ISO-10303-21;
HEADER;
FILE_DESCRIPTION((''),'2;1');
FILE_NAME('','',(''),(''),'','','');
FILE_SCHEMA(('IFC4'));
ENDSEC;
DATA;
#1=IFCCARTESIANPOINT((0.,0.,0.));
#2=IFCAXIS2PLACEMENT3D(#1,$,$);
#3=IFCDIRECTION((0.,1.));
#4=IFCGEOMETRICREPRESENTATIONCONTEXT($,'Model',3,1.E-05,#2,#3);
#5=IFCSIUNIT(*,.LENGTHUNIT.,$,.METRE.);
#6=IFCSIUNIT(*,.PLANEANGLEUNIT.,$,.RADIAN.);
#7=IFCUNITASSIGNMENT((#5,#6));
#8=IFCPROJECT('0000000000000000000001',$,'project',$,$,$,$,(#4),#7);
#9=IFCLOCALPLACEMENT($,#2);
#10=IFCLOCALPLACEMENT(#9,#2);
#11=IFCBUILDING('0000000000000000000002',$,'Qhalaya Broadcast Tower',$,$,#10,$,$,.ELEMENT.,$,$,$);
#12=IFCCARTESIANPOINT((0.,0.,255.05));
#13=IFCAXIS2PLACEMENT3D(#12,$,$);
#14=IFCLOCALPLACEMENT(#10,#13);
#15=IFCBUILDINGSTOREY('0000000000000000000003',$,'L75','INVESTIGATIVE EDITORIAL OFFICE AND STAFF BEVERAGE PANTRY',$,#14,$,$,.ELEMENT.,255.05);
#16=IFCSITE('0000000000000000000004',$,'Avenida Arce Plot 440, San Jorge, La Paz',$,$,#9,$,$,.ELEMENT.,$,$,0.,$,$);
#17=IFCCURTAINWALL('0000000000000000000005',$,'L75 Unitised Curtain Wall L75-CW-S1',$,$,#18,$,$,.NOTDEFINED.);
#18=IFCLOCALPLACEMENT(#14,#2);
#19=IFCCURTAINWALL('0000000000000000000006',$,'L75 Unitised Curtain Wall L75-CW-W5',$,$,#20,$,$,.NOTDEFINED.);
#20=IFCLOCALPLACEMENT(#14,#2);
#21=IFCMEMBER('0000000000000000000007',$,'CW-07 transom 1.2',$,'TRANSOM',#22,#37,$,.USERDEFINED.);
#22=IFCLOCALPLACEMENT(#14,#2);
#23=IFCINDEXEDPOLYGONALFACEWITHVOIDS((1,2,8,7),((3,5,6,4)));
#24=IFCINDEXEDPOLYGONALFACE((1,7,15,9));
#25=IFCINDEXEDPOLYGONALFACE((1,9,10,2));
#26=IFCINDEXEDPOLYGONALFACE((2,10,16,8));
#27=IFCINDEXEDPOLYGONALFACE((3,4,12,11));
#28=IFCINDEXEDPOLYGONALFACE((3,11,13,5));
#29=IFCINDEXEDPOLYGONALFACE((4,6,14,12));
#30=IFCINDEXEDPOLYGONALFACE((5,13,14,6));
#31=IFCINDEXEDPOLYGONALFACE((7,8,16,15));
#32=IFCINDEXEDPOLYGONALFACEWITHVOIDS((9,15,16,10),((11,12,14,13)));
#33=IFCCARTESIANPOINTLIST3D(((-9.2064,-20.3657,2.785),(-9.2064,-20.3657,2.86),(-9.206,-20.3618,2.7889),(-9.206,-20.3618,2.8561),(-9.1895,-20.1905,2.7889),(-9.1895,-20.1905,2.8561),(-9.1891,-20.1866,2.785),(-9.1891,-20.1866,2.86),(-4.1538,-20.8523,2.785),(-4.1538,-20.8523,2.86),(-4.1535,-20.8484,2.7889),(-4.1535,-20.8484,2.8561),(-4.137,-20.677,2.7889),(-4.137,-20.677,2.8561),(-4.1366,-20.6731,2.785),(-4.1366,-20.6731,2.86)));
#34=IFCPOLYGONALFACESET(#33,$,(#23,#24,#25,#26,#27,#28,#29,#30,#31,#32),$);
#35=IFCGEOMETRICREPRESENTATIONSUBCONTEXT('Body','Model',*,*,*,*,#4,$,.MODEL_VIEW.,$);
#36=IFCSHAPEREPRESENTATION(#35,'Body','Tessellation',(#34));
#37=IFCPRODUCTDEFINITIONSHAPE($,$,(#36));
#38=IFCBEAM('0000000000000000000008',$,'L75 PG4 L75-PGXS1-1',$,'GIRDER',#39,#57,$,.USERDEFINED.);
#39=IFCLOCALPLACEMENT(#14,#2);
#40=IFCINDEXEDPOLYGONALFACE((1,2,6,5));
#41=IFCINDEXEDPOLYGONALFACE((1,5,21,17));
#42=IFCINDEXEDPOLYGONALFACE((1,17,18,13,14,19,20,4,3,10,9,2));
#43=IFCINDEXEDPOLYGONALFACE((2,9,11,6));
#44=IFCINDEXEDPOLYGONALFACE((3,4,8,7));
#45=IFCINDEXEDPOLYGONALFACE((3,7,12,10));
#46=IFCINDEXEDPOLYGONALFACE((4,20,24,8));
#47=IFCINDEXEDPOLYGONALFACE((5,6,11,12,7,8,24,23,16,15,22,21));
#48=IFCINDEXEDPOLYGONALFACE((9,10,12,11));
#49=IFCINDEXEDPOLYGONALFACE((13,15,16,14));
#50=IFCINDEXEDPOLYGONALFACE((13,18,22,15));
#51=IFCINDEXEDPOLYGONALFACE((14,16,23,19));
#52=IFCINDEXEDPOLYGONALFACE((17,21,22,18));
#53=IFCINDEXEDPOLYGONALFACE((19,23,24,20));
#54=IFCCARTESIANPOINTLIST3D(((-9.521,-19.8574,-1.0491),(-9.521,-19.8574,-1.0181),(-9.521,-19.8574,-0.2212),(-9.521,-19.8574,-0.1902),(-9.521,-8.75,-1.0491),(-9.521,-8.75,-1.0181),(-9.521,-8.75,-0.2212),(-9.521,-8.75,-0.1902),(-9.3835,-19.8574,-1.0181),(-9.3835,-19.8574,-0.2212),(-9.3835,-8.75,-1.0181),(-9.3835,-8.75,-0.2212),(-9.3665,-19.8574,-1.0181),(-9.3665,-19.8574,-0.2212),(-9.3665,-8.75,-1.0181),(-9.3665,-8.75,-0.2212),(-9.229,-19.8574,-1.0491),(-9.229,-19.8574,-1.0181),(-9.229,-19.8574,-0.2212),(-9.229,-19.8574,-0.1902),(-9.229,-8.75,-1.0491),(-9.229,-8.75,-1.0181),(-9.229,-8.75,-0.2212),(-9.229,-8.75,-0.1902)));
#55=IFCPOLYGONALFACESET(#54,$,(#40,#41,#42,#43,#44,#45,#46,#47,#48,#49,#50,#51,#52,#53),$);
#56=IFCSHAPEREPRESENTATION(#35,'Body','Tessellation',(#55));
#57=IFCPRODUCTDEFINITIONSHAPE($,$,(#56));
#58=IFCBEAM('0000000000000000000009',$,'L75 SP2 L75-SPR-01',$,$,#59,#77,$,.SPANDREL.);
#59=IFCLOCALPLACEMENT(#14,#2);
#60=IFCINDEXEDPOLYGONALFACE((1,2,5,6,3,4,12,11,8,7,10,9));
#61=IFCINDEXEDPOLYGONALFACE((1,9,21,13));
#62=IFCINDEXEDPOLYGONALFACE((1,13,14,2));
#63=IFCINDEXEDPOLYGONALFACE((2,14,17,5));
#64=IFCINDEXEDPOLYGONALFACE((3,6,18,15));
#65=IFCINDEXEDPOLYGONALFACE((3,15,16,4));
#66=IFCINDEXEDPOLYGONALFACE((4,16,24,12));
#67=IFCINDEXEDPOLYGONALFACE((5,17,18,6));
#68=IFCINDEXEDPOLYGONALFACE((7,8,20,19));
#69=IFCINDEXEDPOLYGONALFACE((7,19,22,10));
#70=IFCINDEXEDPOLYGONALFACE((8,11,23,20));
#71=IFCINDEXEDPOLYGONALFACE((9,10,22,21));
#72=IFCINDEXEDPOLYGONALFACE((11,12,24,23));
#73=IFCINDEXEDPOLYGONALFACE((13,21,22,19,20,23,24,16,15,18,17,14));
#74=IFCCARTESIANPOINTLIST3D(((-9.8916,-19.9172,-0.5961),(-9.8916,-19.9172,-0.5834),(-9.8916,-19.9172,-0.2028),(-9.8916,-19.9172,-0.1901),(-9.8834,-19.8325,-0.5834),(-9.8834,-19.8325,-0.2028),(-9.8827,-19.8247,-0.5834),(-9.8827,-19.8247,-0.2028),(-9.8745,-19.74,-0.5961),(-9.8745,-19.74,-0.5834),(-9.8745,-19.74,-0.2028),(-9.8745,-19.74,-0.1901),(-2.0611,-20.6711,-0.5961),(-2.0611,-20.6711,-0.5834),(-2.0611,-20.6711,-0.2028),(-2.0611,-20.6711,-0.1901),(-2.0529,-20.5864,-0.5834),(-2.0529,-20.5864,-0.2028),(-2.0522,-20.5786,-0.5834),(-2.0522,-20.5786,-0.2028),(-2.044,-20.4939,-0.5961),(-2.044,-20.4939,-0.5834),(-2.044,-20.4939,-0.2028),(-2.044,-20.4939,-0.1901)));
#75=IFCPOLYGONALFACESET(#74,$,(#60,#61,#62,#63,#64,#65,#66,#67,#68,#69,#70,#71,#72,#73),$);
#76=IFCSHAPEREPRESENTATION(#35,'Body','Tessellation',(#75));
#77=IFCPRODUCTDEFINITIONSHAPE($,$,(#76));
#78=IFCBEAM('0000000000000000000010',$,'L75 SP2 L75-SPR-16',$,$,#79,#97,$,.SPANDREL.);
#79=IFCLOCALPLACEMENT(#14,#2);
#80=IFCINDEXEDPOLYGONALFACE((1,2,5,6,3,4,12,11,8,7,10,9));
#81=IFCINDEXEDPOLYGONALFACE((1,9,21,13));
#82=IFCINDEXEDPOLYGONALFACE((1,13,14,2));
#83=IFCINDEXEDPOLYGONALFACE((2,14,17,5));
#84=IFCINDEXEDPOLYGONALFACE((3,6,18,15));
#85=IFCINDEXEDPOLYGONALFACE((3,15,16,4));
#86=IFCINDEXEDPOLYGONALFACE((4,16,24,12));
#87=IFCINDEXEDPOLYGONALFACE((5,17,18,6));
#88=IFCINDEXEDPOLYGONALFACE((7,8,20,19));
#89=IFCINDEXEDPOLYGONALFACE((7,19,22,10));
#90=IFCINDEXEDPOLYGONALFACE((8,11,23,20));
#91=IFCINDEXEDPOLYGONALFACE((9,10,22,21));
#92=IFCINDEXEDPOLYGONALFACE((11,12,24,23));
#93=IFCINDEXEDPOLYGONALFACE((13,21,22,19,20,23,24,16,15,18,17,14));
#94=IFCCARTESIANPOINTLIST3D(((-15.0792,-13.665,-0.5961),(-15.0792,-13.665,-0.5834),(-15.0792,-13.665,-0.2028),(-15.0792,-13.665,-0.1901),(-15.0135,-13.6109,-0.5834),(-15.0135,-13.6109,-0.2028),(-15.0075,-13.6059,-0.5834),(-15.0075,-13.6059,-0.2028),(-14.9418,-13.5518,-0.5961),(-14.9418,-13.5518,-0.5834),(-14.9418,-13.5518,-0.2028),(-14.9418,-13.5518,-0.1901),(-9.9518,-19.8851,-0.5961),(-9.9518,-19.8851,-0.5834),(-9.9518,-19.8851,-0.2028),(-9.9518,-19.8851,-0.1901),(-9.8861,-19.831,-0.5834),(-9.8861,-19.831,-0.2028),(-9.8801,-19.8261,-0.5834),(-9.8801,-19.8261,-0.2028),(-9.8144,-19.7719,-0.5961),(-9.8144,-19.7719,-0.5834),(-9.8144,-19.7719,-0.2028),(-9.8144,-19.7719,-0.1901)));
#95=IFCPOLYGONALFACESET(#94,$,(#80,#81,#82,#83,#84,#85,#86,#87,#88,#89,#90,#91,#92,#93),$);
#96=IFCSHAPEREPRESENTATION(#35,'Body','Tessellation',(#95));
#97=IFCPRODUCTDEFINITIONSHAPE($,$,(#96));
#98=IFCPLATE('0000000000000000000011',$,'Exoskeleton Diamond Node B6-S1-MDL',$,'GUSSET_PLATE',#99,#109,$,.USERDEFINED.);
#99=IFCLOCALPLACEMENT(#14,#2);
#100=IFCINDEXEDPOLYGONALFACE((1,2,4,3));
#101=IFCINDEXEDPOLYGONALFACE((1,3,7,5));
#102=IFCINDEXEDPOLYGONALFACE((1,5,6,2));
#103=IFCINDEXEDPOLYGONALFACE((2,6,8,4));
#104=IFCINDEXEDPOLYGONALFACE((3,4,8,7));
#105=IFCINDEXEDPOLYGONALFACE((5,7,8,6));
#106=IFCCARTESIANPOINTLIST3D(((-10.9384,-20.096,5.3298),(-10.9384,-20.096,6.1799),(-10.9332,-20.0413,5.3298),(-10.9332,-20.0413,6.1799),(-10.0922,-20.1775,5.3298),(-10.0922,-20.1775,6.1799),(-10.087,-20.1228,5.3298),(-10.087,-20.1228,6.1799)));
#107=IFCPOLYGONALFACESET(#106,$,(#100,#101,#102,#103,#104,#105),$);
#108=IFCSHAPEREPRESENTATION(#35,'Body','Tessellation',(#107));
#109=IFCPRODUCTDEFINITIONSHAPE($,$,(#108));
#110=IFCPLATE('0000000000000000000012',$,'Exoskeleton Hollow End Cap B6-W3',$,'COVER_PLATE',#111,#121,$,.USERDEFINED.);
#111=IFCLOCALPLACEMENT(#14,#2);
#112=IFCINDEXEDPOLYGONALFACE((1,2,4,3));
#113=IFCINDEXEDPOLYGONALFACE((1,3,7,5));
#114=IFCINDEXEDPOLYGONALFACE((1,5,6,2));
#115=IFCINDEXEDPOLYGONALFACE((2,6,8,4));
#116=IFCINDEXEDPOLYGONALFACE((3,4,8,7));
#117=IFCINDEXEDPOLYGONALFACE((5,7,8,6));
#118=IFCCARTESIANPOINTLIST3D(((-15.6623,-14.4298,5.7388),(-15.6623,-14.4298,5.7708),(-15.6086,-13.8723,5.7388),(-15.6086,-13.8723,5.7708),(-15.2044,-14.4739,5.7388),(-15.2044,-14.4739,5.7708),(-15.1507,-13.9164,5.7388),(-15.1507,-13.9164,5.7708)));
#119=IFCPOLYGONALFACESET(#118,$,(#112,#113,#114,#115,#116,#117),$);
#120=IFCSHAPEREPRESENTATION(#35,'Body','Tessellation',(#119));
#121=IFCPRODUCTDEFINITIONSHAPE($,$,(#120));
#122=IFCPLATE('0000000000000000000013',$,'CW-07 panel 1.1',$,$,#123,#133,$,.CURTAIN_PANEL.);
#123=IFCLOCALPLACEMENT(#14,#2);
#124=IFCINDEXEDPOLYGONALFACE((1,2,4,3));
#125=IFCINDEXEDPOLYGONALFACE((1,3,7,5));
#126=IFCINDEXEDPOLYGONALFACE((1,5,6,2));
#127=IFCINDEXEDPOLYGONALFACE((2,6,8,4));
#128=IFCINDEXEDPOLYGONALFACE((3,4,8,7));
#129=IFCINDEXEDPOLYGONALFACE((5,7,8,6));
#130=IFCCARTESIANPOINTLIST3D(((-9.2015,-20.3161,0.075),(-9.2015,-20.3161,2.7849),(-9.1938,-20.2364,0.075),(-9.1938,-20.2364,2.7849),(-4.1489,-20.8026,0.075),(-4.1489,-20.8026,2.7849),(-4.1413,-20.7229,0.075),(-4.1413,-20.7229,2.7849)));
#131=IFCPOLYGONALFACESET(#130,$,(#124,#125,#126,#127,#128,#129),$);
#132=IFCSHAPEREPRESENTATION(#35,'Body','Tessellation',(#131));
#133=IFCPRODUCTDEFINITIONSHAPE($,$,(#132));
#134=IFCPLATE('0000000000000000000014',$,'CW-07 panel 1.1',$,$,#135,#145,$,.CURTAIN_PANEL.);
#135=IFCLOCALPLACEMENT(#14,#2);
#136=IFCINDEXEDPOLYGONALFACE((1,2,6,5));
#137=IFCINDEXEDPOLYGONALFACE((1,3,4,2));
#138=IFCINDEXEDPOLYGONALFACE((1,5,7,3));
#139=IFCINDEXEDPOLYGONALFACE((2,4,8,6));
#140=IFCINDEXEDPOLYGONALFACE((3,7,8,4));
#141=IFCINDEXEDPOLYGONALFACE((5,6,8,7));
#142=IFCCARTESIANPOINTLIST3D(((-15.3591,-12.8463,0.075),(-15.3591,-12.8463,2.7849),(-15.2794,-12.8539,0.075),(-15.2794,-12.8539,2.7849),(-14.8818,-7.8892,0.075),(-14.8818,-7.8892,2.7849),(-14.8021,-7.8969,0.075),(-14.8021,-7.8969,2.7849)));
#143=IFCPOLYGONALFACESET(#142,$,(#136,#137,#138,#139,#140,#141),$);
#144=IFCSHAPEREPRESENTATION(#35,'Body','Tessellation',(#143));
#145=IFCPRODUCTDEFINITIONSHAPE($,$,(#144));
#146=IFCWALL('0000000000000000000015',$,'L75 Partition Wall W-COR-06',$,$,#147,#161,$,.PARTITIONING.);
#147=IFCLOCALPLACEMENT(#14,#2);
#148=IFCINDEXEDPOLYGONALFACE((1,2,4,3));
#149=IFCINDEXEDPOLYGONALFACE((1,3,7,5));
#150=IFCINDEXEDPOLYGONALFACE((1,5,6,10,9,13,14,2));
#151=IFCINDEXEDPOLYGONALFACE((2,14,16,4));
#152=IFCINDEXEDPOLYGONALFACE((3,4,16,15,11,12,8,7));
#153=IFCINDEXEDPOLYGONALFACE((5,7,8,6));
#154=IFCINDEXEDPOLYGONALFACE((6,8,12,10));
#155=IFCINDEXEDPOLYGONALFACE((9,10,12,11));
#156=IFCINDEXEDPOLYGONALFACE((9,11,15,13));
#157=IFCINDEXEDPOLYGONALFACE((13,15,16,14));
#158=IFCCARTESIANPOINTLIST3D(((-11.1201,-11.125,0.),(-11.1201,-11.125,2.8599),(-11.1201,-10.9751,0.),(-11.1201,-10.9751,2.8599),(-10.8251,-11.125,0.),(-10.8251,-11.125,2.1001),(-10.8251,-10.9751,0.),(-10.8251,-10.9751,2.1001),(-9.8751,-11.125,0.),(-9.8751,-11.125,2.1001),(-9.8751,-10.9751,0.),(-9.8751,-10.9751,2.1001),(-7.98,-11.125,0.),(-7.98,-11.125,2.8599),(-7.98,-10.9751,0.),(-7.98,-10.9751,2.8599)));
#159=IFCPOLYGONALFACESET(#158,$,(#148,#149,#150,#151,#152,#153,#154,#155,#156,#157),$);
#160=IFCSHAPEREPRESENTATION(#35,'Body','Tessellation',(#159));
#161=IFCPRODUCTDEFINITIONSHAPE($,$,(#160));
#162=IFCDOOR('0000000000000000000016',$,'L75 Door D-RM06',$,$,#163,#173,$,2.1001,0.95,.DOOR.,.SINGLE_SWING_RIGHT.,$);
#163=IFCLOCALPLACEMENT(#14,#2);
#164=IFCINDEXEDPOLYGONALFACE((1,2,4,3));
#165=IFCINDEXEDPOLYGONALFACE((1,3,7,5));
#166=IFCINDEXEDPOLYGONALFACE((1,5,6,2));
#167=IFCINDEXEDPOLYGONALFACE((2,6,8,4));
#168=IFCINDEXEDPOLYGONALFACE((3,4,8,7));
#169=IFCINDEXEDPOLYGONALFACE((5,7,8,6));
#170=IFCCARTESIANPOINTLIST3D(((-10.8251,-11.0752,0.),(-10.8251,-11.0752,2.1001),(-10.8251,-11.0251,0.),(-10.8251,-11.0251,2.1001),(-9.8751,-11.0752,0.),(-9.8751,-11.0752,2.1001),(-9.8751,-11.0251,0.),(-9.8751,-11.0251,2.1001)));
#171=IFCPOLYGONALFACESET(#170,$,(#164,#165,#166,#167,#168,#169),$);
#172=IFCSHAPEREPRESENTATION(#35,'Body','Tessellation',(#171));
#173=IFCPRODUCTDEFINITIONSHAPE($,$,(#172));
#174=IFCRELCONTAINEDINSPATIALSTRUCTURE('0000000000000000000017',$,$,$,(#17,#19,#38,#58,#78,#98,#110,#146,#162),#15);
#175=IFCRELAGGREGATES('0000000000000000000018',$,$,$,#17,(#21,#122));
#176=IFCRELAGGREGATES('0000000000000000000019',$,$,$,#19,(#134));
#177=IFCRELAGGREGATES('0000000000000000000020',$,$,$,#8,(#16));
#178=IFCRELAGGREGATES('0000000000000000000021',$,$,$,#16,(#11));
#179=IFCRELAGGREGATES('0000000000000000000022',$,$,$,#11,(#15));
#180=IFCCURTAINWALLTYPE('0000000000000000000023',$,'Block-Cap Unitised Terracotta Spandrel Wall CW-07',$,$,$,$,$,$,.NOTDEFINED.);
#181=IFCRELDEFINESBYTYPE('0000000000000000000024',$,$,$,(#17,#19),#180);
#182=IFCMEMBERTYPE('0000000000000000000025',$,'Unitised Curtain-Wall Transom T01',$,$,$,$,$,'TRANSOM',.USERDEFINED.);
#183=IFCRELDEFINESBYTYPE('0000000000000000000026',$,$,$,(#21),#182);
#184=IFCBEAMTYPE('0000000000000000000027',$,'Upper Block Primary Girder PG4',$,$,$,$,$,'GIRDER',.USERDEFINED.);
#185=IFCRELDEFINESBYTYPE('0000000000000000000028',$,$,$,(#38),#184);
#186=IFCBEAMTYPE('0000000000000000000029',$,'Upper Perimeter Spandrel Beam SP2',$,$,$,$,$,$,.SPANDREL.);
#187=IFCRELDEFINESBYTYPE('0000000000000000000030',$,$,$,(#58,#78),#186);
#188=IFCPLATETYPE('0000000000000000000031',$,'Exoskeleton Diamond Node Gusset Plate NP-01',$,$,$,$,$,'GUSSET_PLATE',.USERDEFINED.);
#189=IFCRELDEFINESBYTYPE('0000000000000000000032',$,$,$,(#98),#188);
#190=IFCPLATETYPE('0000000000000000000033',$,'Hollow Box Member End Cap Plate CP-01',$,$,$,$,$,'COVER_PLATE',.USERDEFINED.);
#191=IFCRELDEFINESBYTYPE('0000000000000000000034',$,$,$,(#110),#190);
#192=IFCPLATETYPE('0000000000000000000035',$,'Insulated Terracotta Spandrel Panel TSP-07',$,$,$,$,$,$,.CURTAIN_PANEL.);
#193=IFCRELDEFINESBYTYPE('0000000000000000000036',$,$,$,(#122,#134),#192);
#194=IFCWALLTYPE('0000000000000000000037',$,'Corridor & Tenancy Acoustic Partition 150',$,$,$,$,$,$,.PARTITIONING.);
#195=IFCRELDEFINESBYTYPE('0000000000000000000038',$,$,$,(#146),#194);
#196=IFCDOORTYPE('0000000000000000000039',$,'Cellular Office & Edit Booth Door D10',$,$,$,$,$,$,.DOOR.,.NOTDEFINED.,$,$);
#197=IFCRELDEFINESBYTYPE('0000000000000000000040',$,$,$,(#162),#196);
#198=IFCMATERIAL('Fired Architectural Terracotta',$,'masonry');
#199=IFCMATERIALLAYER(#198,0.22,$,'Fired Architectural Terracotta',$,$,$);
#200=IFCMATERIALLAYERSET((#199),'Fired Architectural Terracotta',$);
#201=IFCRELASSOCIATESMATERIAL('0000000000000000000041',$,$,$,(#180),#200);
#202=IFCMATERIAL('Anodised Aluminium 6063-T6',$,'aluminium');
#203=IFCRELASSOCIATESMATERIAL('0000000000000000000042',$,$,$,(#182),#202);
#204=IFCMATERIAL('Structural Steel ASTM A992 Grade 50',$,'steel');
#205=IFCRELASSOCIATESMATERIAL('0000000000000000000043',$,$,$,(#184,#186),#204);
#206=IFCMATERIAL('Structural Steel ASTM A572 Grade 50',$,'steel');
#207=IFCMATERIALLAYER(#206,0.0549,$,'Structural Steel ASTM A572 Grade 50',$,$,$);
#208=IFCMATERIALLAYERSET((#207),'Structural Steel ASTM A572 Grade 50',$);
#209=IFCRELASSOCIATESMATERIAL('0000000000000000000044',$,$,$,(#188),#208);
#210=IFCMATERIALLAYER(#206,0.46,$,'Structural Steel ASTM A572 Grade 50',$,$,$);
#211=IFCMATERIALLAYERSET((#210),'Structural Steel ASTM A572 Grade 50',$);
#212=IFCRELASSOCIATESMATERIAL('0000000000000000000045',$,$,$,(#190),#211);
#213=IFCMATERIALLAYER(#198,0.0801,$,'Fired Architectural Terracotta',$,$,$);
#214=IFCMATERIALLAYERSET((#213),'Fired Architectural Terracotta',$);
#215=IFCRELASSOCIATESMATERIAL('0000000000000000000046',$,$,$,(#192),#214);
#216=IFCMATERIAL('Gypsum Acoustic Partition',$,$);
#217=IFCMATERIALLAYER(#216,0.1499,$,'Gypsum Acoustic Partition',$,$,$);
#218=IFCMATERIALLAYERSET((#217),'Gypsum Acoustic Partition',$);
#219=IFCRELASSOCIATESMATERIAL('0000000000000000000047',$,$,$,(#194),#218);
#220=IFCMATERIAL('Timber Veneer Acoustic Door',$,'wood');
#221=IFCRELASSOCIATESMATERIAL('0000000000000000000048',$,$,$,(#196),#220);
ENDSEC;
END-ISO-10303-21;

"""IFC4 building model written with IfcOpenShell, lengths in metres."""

from ifc_helpers import new_model, si_unit, direction, frame, frame_2d, origin, origin_2d, place, context, subcontext, project, spatial, rectangle, hollow_rectangle, i_section, extrude, material, layer, layer_set, material_profile, profile_set, type_object, element, fill, aggregate, save


model = new_model("IFC4")

# Units and contexts
model_context = context("Model", 3, precision=1e-05, world=origin(), true_north=direction((0.0, 1.0)))
body_context = subcontext(model_context, "Body", "Model", "MODEL_VIEW")
ifc_project = project(units=[si_unit("LENGTHUNIT", "METRE"), si_unit("PLANEANGLEUNIT", "RADIAN")], contexts=[model_context])

# Site, building, storey
site_placement = place(None, origin())
site = spatial("IfcSite", under=ifc_project, at=site_placement, Name="Avenida Arce Plot 440, San Jorge, La Paz", CompositionType="ELEMENT", RefElevation=0.0)
building_placement = place(site_placement, origin())
building = spatial("IfcBuilding", under=site, at=building_placement, Name="Qhalaya Broadcast Tower", CompositionType="ELEMENT")
storey_placement = place(building_placement, frame((0.0, 0.0, 255.05)))
storey = spatial("IfcBuildingStorey", under=building, at=storey_placement, Name="L75", Description="INVESTIGATIVE EDITORIAL OFFICE AND STAFF BEVERAGE PANTRY", CompositionType="ELEMENT", Elevation=255.05)

# Shared definitions
ifc_material_1 = material(Name="Structural Steel ASTM A572 Grade 50", Category="steel")

# Shared definitions
ifc_material_2 = material(Name="Structural Steel ASTM A992 Grade 50", Category="steel")

# Curtain walls
ifc_material_3 = material(Name="Fired Architectural Terracotta", Category="masonry")
ifc_layer_1 = layer(ifc_material_3, 0.22, Name="Fired Architectural Terracotta")
ifc_layer_set_1 = layer_set([ifc_layer_1], Name="Fired Architectural Terracotta")
curtain_wall_type = type_object("IfcCurtainWallType", Name="Block-Cap Unitised Terracotta Spandrel Wall CW-07", PredefinedType="NOTDEFINED", material=ifc_layer_set_1)
curtain_wall_1_placement = place(storey_placement, origin())
curtain_wall_1 = element("IfcCurtainWall", 1, at=curtain_wall_1_placement, inside=storey, type_object=curtain_wall_type, Name="L75 Unitised Curtain Wall L75-CW-S1", PredefinedType="NOTDEFINED")
ifc_material_4 = material(Name="Anodised Aluminium 6063-T6", Category="aluminium")
curtain_wall_2_placement = place(storey_placement, origin())
curtain_wall_2 = element("IfcCurtainWall", 2, at=curtain_wall_2_placement, inside=storey, type_object=curtain_wall_type, Name="L75 Unitised Curtain Wall L75-CW-W5", PredefinedType="NOTDEFINED")

# Member
ifc_material_profile_1 = material_profile(ifc_material_4, hollow_rectangle(XDim=0.075, YDim=0.1799, WallThickness=0.0039, at=origin_2d()), Name="ALU-TRN 75x180x4")
ifc_profile_set_1 = profile_set([ifc_material_profile_1], Name="Anodised Aluminium 6063-T6")
member_type_1 = type_object("IfcMemberType", Name="Unitised Curtain-Wall Transom T01", ElementType="TRANSOM", PredefinedType="USERDEFINED", material=ifc_profile_set_1)
member_1_placement = place(storey_placement, frame((-9.1978, -20.2761, 2.8225), z_axis=(0.995395, -0.09586, 0.0), x_axis=(0.0, 0.0, 1.0)))
member_1 = element("IfcMember", 3, at=member_1_placement, type_object=member_type_1, Name="CW-07 transom 1.2", ObjectType="TRANSOM", PredefinedType="USERDEFINED", context=body_context, shape_type="SweptSolid", body=[
    extrude(hollow_rectangle(XDim=0.075, YDim=0.1799, WallThickness=0.0039, at=origin_2d()), origin(), (0.0, 0.0, 1.0), 5.0759),
])

# Beams
ifc_material_profile_2 = material_profile(ifc_material_2, i_section(OverallWidth=0.292, OverallDepth=0.8589, WebThickness=0.0171, FlangeThickness=0.031, at=origin_2d()), Name="W33X169")
ifc_profile_set_2 = profile_set([ifc_material_profile_2], Name="Structural Steel ASTM A992 Grade 50")
beam_type_1 = type_object("IfcBeamType", Name="Upper Block Primary Girder PG4", ElementType="GIRDER", PredefinedType="USERDEFINED", material=ifc_profile_set_2)
beam_1_placement = place(storey_placement, frame((-9.375, -19.8574, -0.6196), z_axis=(0.0, 1.0, 0.0), x_axis=(-1.0, 0.0, 0.0)))
element("IfcBeam", 4, at=beam_1_placement, inside=storey, type_object=beam_type_1, Name="L75 PG4 L75-PGXS1-1", ObjectType="GIRDER", PredefinedType="USERDEFINED", context=body_context, shape_type="SweptSolid", body=[
    extrude(i_section(OverallWidth=0.292, OverallDepth=0.8589, WebThickness=0.0171, FlangeThickness=0.031, at=origin_2d()), origin(), (0.0, 0.0, 1.0), 11.1074),
])
ifc_material_profile_3 = material_profile(ifc_material_2, i_section(OverallWidth=0.178, OverallDepth=0.406, WebThickness=0.0078, FlangeThickness=0.0127, at=origin_2d()), Name="W16X40")
ifc_profile_set_3 = profile_set([ifc_material_profile_3], Name="Structural Steel ASTM A992 Grade 50")
beam_type_2 = type_object("IfcBeamType", Name="Upper Perimeter Spandrel Beam SP2", PredefinedType="SPANDREL", material=ifc_profile_set_3)
beam_2_placement = place(storey_placement, frame((-9.8831, -19.8286, -0.3931), z_axis=(0.995397, -0.095834, 0.0), x_axis=(0.095834, 0.995397, 0.0)))
element("IfcBeam", 5, at=beam_2_placement, inside=storey, type_object=beam_type_2, Name="L75 SP2 L75-SPR-01", PredefinedType="SPANDREL", context=body_context, shape_type="SweptSolid", body=[
    extrude(i_section(OverallWidth=0.178, OverallDepth=0.406, WebThickness=0.0078, FlangeThickness=0.0127, at=origin_2d()), origin(), (0.0, 0.0, 1.0), 7.8667),
])
beam_3_placement = place(storey_placement, frame((-15.0105, -13.6084, -0.3931), z_axis=(0.63607, -0.771631, 0.0), x_axis=(0.771631, 0.63607, 0.0)))
element("IfcBeam", 6, at=beam_3_placement, inside=storey, type_object=beam_type_2, Name="L75 SP2 L75-SPR-16", PredefinedType="SPANDREL", context=body_context, shape_type="SweptSolid", body=[
    extrude(i_section(OverallWidth=0.178, OverallDepth=0.406, WebThickness=0.0078, FlangeThickness=0.0127, at=origin_2d()), origin(), (0.0, 0.0, 1.0), 8.061),
])

# Plates
ifc_layer_2 = layer(ifc_material_1, 0.0549, Name="Structural Steel ASTM A572 Grade 50")
ifc_layer_set_2 = layer_set([ifc_layer_2], Name="Structural Steel ASTM A572 Grade 50")
plate_type_1 = type_object("IfcPlateType", Name="Exoskeleton Diamond Node Gusset Plate NP-01", ElementType="GUSSET_PLATE", PredefinedType="USERDEFINED", material=ifc_layer_set_2)
plate_1_placement = place(storey_placement, frame((-10.5127, -20.1094, 5.3298), z_axis=(0.0, 0.0, 1.0), x_axis=(0.995396, -0.095846, 0.0)))
element("IfcPlate", 7, at=plate_1_placement, inside=storey, type_object=plate_type_1, Name="Exoskeleton Diamond Node B6-S1-MDL", ObjectType="GUSSET_PLATE", PredefinedType="USERDEFINED", context=body_context, shape_type="SweptSolid", body=[
    extrude(rectangle(XDim=0.8501, YDim=0.0549, at=origin_2d()), origin(), (0.0, 0.0, 1.0), 0.8501),
])
ifc_layer_3 = layer(ifc_material_1, 0.46, Name="Structural Steel ASTM A572 Grade 50")
ifc_layer_set_3 = layer_set([ifc_layer_3], Name="Structural Steel ASTM A572 Grade 50")
plate_type_2 = type_object("IfcPlateType", Name="Hollow Box Member End Cap Plate CP-01", ElementType="COVER_PLATE", PredefinedType="USERDEFINED", material=ifc_layer_set_3)
plate_2_placement = place(storey_placement, frame((-15.4065, -14.1731, 5.7388), z_axis=(0.0, 0.0, 1.0), x_axis=(0.095846, 0.995396, 0.0)))
element("IfcPlate", 8, at=plate_2_placement, inside=storey, type_object=plate_type_2, Name="Exoskeleton Hollow End Cap B6-W3", ObjectType="COVER_PLATE", PredefinedType="USERDEFINED", context=body_context, shape_type="SweptSolid", body=[
    extrude(rectangle(XDim=0.5601, YDim=0.46, at=origin_2d()), origin(), (0.0, 0.0, 1.0), 0.032),
])

# Plates
ifc_layer_4 = layer(ifc_material_3, 0.0801, Name="Fired Architectural Terracotta")
ifc_layer_set_4 = layer_set([ifc_layer_4], Name="Fired Architectural Terracotta")
plate_type_3 = type_object("IfcPlateType", Name="Insulated Terracotta Spandrel Panel TSP-07", PredefinedType="CURTAIN_PANEL", material=ifc_layer_set_4)
plate_3_placement = place(storey_placement, frame((-6.6714, -20.5195, 0.075), z_axis=(0.0, 0.0, 1.0), x_axis=(0.995396, -0.095848, 0.0)))
plate_3 = element("IfcPlate", 9, at=plate_3_placement, type_object=plate_type_3, Name="CW-07 panel 1.1", PredefinedType="CURTAIN_PANEL", context=body_context, shape_type="SweptSolid", body=[
    extrude(rectangle(XDim=5.0759, YDim=0.0801, at=origin_2d()), origin(), (0.0, 0.0, 1.0), 2.71),
])
aggregate(curtain_wall_1, [member_1, plate_3])
plate_4_placement = place(storey_placement, frame((-15.0806, -10.3716, 0.075), z_axis=(0.0, 0.0, 1.0), x_axis=(-0.095848, -0.995396, 0.0)))
plate_4 = element("IfcPlate", 10, at=plate_4_placement, type_object=plate_type_3, Name="CW-07 panel 1.1", PredefinedType="CURTAIN_PANEL", context=body_context, shape_type="SweptSolid", body=[
    extrude(rectangle(XDim=4.98, YDim=0.0801, at=origin_2d()), origin(), (0.0, 0.0, 1.0), 2.71),
])
aggregate(curtain_wall_2, [plate_4])

# Wall, opening, door
ifc_material_5 = material(Name="Gypsum Acoustic Partition")
ifc_layer_5 = layer(ifc_material_5, 0.1499, Name="Gypsum Acoustic Partition")
ifc_layer_set_5 = layer_set([ifc_layer_5], Name="Gypsum Acoustic Partition")
wall_type_1 = type_object("IfcWallType", Name="Corridor & Tenancy Acoustic Partition 150", PredefinedType="PARTITIONING", material=ifc_layer_set_5)
wall_1_placement = place(storey_placement, frame((-11.1201, -11.05, 0.0), z_axis=(0.0, 0.0, 1.0), x_axis=(1.0, 0.0, 0.0)))
wall_1 = element("IfcWall", 11, at=wall_1_placement, inside=storey, type_object=wall_type_1, Name="L75 Partition Wall W-COR-06", PredefinedType="PARTITIONING", context=body_context, shape_type="SweptSolid", body=[
    extrude(rectangle(XDim=3.1401, YDim=0.1499, at=frame_2d((1.5701, 0.0))), origin(), (0.0, 0.0, 1.0), 2.8599),
])
opening_1_placement = place(wall_1_placement, frame((0.2949, 0.0, 0.0)))
opening_1 = element("IfcOpeningElement", 12, at=opening_1_placement, cuts=wall_1, PredefinedType="OPENING", context=body_context, shape_type="SweptSolid", body=[
    extrude(rectangle(XDim=0.95, YDim=2.1001, at=frame_2d((0.4751, 1.05))), frame((0.0, 0.0869, 0.0), z_axis=(0.0, -1.0, 0.0), x_axis=(1.0, 0.0, 0.0)), (0.0, 0.0, 1.0), 0.1738),
])
ifc_material_6 = material(Name="Timber Veneer Acoustic Door", Category="wood")
door_type = type_object("IfcDoorType", Name="Cellular Office & Edit Booth Door D10", OperationType="NOTDEFINED", PredefinedType="DOOR", material=ifc_material_6)
door_1_placement = place(opening_1_placement, origin())
door_1 = element("IfcDoor", 13, at=door_1_placement, inside=storey, type_object=door_type, Name="L75 Door D-RM06", OperationType="SINGLE_SWING_RIGHT", OverallHeight=2.1001, OverallWidth=0.95, PredefinedType="DOOR", context=body_context, shape_type="SweptSolid", body=[
    extrude(rectangle(XDim=0.95, YDim=2.1001, at=frame_2d((0.4751, 1.05))), frame((0.0, 0.0249, 0.0), z_axis=(0.0, -1.0, 0.0), x_axis=(1.0, 0.0, 0.0)), (0.0, 0.0, 1.0), 0.05),
])
fill(opening_1, door_1)

save(model, "model.ifc")
